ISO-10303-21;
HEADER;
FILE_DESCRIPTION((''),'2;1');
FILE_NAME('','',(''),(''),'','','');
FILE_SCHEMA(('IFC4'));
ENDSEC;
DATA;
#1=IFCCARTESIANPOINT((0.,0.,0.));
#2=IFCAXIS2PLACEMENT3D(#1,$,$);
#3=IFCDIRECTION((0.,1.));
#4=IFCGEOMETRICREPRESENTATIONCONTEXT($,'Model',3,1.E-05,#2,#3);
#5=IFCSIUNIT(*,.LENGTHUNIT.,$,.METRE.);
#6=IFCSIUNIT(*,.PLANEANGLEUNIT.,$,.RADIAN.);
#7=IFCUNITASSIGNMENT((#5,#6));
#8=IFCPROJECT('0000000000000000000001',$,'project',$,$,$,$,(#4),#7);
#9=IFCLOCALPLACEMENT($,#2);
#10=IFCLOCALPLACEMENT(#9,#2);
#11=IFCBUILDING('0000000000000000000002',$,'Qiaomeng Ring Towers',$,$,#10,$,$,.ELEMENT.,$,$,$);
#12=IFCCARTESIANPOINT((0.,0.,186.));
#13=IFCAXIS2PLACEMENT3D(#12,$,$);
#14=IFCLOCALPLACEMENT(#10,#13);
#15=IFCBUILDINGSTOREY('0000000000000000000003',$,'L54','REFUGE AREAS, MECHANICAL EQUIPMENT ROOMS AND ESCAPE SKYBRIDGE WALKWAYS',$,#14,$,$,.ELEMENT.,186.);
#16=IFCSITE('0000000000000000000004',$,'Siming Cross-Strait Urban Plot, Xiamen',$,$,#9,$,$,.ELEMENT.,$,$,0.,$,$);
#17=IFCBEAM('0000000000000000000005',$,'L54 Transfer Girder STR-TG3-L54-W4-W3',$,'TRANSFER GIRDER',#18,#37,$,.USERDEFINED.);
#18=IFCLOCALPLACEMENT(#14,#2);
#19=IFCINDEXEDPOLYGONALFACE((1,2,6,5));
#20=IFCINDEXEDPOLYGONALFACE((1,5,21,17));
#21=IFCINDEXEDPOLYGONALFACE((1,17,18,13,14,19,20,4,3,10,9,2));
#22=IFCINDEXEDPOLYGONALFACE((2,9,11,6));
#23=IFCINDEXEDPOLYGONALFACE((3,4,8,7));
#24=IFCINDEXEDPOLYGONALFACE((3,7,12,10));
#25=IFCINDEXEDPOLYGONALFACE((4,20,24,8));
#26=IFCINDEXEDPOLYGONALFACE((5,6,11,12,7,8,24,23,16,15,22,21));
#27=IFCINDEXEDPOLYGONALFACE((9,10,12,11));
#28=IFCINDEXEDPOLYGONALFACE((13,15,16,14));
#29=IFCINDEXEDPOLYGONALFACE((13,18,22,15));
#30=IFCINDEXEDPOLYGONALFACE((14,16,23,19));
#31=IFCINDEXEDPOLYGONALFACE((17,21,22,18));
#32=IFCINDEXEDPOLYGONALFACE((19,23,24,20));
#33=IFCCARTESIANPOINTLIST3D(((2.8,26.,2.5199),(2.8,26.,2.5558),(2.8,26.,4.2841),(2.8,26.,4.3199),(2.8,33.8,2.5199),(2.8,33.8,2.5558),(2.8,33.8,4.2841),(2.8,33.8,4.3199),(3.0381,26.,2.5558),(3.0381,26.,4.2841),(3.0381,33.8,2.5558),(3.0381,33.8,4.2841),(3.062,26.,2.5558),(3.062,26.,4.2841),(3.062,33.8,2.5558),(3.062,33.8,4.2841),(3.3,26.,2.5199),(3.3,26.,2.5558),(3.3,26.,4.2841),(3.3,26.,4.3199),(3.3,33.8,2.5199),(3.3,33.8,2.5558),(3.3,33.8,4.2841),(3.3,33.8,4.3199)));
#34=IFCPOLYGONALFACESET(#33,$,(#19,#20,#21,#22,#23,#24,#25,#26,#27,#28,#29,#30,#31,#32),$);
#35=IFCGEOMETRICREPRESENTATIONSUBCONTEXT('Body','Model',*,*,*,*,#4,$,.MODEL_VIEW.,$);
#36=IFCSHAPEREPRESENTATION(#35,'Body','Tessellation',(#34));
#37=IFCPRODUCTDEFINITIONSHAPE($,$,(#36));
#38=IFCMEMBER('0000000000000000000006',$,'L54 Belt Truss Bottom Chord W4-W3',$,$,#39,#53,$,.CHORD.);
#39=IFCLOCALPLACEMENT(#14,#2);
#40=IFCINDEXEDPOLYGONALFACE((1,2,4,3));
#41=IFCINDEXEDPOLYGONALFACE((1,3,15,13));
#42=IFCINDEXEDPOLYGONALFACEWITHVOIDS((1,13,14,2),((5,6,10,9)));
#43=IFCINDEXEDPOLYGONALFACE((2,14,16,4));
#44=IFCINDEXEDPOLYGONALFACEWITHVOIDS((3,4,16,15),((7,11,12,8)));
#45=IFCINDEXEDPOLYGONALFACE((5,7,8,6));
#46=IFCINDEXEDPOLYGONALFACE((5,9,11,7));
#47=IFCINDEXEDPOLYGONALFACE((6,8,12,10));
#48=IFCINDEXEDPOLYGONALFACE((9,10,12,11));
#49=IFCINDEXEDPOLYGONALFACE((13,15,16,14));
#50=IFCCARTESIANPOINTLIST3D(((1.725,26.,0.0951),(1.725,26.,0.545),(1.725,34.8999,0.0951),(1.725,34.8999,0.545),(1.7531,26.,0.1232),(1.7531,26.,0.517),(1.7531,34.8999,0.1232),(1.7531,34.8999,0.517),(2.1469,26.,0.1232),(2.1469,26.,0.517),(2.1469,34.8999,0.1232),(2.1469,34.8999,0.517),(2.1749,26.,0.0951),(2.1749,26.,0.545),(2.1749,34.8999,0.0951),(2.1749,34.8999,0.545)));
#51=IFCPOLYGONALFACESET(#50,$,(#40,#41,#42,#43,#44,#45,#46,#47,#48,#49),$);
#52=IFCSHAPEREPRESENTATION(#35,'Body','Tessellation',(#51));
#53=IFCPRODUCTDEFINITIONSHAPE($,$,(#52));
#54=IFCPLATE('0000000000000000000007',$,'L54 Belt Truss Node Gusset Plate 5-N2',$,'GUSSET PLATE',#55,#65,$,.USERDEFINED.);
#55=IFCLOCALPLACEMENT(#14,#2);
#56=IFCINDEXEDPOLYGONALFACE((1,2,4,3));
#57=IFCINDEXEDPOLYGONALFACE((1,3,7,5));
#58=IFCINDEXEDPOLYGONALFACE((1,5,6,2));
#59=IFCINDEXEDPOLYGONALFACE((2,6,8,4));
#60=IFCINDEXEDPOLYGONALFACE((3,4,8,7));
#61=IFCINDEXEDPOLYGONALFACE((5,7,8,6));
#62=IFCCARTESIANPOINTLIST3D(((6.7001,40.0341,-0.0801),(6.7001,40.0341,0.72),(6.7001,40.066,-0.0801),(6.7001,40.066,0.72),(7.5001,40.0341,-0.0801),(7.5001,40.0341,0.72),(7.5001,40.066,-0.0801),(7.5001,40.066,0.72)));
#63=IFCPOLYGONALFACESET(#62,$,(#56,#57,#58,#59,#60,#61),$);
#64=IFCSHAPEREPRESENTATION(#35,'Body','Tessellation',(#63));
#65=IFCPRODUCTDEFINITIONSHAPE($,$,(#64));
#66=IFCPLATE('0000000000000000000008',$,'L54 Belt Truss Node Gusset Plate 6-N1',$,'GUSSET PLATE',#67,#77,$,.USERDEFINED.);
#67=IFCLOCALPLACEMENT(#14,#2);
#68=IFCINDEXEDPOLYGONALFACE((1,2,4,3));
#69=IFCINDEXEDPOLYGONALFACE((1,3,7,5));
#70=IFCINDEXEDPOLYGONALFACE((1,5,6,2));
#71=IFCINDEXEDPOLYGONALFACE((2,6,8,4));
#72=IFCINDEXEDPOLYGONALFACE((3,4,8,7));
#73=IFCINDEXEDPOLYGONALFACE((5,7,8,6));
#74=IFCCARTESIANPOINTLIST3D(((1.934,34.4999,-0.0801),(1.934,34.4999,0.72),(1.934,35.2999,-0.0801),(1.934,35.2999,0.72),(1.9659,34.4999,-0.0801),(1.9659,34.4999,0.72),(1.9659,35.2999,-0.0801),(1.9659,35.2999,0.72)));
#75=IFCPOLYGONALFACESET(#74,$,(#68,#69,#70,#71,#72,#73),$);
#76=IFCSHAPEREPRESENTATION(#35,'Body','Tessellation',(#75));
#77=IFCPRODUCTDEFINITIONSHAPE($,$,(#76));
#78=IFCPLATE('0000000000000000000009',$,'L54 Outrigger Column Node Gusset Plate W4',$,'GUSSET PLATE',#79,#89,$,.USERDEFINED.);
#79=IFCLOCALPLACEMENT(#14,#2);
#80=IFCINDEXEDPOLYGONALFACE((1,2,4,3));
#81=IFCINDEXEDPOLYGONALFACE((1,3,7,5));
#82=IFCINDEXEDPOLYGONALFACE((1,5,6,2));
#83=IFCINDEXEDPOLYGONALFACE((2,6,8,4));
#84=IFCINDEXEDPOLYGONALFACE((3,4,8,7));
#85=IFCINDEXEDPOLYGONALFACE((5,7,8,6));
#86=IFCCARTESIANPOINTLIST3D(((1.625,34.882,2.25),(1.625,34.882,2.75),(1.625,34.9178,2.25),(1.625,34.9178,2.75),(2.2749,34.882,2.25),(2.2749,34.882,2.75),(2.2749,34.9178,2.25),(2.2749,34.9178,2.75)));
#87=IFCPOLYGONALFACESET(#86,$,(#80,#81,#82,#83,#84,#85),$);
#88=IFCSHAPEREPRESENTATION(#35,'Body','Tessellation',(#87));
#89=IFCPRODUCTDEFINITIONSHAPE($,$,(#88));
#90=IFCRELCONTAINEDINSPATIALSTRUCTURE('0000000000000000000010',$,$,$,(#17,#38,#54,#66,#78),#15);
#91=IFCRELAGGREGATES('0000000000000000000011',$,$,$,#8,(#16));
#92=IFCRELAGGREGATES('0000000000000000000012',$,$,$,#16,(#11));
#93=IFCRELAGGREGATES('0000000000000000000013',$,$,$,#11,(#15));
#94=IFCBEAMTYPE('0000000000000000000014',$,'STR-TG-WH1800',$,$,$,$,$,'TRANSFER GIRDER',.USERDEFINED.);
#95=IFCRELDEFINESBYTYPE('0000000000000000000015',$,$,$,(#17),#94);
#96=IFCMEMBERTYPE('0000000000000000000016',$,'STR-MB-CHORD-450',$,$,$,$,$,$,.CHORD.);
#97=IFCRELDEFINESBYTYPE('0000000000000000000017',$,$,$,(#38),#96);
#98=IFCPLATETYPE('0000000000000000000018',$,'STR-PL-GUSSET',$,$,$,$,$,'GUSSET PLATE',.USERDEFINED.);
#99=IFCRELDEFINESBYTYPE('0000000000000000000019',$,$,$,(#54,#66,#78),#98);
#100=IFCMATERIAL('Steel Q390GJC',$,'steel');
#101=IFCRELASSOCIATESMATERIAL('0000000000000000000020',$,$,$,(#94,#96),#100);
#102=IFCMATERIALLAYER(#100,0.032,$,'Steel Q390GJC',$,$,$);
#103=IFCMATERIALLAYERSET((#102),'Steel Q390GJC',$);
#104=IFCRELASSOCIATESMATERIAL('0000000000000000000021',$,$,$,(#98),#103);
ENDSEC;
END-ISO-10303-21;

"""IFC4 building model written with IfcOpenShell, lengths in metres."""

from ifc_helpers import new_model, si_unit, direction, frame, origin, origin_2d, place, context, subcontext, project, spatial, rectangle, hollow_rectangle, i_section, extrude, source, transform, mapped, material, layer, layer_set, material_profile, profile_set, type_object, element, save


model = new_model("IFC4")

# Units and contexts
model_context = context("Model", 3, precision=1e-05, world=origin(), true_north=direction((0.0, 1.0)))
body_context = subcontext(model_context, "Body", "Model", "MODEL_VIEW")
ifc_project = project(units=[si_unit("LENGTHUNIT", "METRE"), si_unit("PLANEANGLEUNIT", "RADIAN")], contexts=[model_context])

# Site, building, storey
site_placement = place(None, origin())
site = spatial("IfcSite", under=ifc_project, at=site_placement, Name="Siming Cross-Strait Urban Plot, Xiamen", CompositionType="ELEMENT", RefElevation=0.0)
building_placement = place(site_placement, origin())
building = spatial("IfcBuilding", under=site, at=building_placement, Name="Qiaomeng Ring Towers", CompositionType="ELEMENT")
storey_placement = place(building_placement, frame((0.0, 0.0, 186.0)))
storey = spatial("IfcBuildingStorey", under=building, at=storey_placement, Name="L54", Description="REFUGE AREAS, MECHANICAL EQUIPMENT ROOMS AND ESCAPE SKYBRIDGE WALKWAYS", CompositionType="ELEMENT", Elevation=186.0)

# Shared definitions
ifc_material_1 = material(Name="Steel Q390GJC", Category="steel")

# Beam
ifc_material_profile_1 = material_profile(ifc_material_1, i_section(OverallWidth=0.5, OverallDepth=1.8, WebThickness=0.0239, FlangeThickness=0.0359, at=origin_2d()), Name="WH 1800x500x24x36")
ifc_profile_set_1 = profile_set([ifc_material_profile_1], Name="Steel Q390GJC")
beam_type_1 = type_object("IfcBeamType", Name="STR-TG-WH1800", ElementType="TRANSFER GIRDER", PredefinedType="USERDEFINED", material=ifc_profile_set_1)
shared_shape_1 = source(origin(), body_context, "Body", "SweptSolid", [
    extrude(i_section(OverallWidth=0.5, OverallDepth=1.8, WebThickness=0.0239, FlangeThickness=0.0359, at=origin_2d()), origin(), (0.0, 0.0, 1.0), 7.8),
])
beam_1_placement = place(storey_placement, frame((3.05, 33.8, 3.4199), z_axis=(0.0, -1.0, 0.0), x_axis=(1.0, 0.0, 0.0)))
element("IfcBeam", 1, at=beam_1_placement, inside=storey, type_object=beam_type_1, Name="L54 Transfer Girder STR-TG3-L54-W4-W3", ObjectType="TRANSFER GIRDER", PredefinedType="USERDEFINED", context=body_context, shape_type="MappedRepresentation", body=[
    mapped(shared_shape_1, transform((0.0, 0.0, 0.0), x_axis=(1.0, 0.0, 0.0), y_axis=(0.0, 1.0, 0.0), z_axis=(0.0, 0.0, 1.0), scale=1.0)),
])

# Member
ifc_material_profile_2 = material_profile(ifc_material_1, hollow_rectangle(XDim=0.45, YDim=0.45, WallThickness=0.0281, at=origin_2d()), Name="SHS 450x450x28")
ifc_profile_set_2 = profile_set([ifc_material_profile_2], Name="Steel Q390GJC")
member_type_1 = type_object("IfcMemberType", Name="STR-MB-CHORD-450", PredefinedType="CHORD", material=ifc_profile_set_2)
shared_shape_2 = source(origin(), body_context, "Body", "SweptSolid", [
    extrude(hollow_rectangle(XDim=0.45, YDim=0.45, WallThickness=0.0281, at=origin_2d()), origin(), (0.0, 0.0, 1.0), 8.8999),
])
member_1_placement = place(storey_placement, frame((1.95, 34.8999, 0.3201), z_axis=(0.0, -1.0, 0.0), x_axis=(1.0, 0.0, 0.0)))
element("IfcMember", 2, at=member_1_placement, inside=storey, type_object=member_type_1, Name="L54 Belt Truss Bottom Chord W4-W3", PredefinedType="CHORD", context=body_context, shape_type="MappedRepresentation", body=[
    mapped(shared_shape_2, transform((0.0, 0.0, 0.0), x_axis=(1.0, 0.0, 0.0), y_axis=(0.0, 1.0, 0.0), z_axis=(0.0, 0.0, 1.0), scale=1.0)),
])

# Plates
ifc_layer = layer(ifc_material_1, 0.032, Name="Steel Q390GJC")
ifc_layer_set = layer_set([ifc_layer], Name="Steel Q390GJC")
plate_type = type_object("IfcPlateType", Name="STR-PL-GUSSET", ElementType="GUSSET PLATE", PredefinedType="USERDEFINED", material=ifc_layer_set)
shared_shape_3 = source(origin(), body_context, "Body", "SweptSolid", [
    extrude(rectangle(XDim=0.8, YDim=0.032, at=origin_2d()), origin(), (0.0, 0.0, 1.0), 0.8),
])
for number, where, z_axis, x_axis, name in (
    (3, (7.1001, 40.05, -0.0801), (0.0, 0.0, 1.0), (-1.0, 0.0, 0.0), "L54 Belt Truss Node Gusset Plate 5-N2"),
    (4, (1.95, 34.8999, -0.0801), (0.0, 0.0, 1.0), (0.0, -1.0, 0.0), "L54 Belt Truss Node Gusset Plate 6-N1"),
):
    element("IfcPlate", number, at=place(storey_placement, frame(where, z_axis=z_axis, x_axis=x_axis)), inside=storey, type_object=plate_type, Name=name, ObjectType="GUSSET PLATE", PredefinedType="USERDEFINED", context=body_context, shape_type="MappedRepresentation", body=[
        mapped(shared_shape_3, transform((0.0, 0.0, 0.0), x_axis=(1.0, 0.0, 0.0), y_axis=(0.0, 1.0, 0.0), z_axis=(0.0, 0.0, 1.0), scale=1.0)),
    ])
shared_shape_4 = source(origin(), body_context, "Body", "SweptSolid", [
    extrude(rectangle(XDim=0.6499, YDim=0.0359, at=origin_2d()), origin(), (0.0, 0.0, 1.0), 0.5),
])
plate_placement = place(storey_placement, frame((1.95, 34.8999, 2.25), z_axis=(0.0, 0.0, 1.0), x_axis=(1.0, 0.0, 0.0)))
element("IfcPlate", 5, at=plate_placement, inside=storey, type_object=plate_type, Name="L54 Outrigger Column Node Gusset Plate W4", ObjectType="GUSSET PLATE", PredefinedType="USERDEFINED", context=body_context, shape_type="MappedRepresentation", body=[
    mapped(shared_shape_4, transform((0.0, 0.0, 0.0), x_axis=(1.0, 0.0, 0.0), y_axis=(0.0, 1.0, 0.0), z_axis=(0.0, 0.0, 1.0), scale=1.0)),
])

save(model, "model.ifc")
